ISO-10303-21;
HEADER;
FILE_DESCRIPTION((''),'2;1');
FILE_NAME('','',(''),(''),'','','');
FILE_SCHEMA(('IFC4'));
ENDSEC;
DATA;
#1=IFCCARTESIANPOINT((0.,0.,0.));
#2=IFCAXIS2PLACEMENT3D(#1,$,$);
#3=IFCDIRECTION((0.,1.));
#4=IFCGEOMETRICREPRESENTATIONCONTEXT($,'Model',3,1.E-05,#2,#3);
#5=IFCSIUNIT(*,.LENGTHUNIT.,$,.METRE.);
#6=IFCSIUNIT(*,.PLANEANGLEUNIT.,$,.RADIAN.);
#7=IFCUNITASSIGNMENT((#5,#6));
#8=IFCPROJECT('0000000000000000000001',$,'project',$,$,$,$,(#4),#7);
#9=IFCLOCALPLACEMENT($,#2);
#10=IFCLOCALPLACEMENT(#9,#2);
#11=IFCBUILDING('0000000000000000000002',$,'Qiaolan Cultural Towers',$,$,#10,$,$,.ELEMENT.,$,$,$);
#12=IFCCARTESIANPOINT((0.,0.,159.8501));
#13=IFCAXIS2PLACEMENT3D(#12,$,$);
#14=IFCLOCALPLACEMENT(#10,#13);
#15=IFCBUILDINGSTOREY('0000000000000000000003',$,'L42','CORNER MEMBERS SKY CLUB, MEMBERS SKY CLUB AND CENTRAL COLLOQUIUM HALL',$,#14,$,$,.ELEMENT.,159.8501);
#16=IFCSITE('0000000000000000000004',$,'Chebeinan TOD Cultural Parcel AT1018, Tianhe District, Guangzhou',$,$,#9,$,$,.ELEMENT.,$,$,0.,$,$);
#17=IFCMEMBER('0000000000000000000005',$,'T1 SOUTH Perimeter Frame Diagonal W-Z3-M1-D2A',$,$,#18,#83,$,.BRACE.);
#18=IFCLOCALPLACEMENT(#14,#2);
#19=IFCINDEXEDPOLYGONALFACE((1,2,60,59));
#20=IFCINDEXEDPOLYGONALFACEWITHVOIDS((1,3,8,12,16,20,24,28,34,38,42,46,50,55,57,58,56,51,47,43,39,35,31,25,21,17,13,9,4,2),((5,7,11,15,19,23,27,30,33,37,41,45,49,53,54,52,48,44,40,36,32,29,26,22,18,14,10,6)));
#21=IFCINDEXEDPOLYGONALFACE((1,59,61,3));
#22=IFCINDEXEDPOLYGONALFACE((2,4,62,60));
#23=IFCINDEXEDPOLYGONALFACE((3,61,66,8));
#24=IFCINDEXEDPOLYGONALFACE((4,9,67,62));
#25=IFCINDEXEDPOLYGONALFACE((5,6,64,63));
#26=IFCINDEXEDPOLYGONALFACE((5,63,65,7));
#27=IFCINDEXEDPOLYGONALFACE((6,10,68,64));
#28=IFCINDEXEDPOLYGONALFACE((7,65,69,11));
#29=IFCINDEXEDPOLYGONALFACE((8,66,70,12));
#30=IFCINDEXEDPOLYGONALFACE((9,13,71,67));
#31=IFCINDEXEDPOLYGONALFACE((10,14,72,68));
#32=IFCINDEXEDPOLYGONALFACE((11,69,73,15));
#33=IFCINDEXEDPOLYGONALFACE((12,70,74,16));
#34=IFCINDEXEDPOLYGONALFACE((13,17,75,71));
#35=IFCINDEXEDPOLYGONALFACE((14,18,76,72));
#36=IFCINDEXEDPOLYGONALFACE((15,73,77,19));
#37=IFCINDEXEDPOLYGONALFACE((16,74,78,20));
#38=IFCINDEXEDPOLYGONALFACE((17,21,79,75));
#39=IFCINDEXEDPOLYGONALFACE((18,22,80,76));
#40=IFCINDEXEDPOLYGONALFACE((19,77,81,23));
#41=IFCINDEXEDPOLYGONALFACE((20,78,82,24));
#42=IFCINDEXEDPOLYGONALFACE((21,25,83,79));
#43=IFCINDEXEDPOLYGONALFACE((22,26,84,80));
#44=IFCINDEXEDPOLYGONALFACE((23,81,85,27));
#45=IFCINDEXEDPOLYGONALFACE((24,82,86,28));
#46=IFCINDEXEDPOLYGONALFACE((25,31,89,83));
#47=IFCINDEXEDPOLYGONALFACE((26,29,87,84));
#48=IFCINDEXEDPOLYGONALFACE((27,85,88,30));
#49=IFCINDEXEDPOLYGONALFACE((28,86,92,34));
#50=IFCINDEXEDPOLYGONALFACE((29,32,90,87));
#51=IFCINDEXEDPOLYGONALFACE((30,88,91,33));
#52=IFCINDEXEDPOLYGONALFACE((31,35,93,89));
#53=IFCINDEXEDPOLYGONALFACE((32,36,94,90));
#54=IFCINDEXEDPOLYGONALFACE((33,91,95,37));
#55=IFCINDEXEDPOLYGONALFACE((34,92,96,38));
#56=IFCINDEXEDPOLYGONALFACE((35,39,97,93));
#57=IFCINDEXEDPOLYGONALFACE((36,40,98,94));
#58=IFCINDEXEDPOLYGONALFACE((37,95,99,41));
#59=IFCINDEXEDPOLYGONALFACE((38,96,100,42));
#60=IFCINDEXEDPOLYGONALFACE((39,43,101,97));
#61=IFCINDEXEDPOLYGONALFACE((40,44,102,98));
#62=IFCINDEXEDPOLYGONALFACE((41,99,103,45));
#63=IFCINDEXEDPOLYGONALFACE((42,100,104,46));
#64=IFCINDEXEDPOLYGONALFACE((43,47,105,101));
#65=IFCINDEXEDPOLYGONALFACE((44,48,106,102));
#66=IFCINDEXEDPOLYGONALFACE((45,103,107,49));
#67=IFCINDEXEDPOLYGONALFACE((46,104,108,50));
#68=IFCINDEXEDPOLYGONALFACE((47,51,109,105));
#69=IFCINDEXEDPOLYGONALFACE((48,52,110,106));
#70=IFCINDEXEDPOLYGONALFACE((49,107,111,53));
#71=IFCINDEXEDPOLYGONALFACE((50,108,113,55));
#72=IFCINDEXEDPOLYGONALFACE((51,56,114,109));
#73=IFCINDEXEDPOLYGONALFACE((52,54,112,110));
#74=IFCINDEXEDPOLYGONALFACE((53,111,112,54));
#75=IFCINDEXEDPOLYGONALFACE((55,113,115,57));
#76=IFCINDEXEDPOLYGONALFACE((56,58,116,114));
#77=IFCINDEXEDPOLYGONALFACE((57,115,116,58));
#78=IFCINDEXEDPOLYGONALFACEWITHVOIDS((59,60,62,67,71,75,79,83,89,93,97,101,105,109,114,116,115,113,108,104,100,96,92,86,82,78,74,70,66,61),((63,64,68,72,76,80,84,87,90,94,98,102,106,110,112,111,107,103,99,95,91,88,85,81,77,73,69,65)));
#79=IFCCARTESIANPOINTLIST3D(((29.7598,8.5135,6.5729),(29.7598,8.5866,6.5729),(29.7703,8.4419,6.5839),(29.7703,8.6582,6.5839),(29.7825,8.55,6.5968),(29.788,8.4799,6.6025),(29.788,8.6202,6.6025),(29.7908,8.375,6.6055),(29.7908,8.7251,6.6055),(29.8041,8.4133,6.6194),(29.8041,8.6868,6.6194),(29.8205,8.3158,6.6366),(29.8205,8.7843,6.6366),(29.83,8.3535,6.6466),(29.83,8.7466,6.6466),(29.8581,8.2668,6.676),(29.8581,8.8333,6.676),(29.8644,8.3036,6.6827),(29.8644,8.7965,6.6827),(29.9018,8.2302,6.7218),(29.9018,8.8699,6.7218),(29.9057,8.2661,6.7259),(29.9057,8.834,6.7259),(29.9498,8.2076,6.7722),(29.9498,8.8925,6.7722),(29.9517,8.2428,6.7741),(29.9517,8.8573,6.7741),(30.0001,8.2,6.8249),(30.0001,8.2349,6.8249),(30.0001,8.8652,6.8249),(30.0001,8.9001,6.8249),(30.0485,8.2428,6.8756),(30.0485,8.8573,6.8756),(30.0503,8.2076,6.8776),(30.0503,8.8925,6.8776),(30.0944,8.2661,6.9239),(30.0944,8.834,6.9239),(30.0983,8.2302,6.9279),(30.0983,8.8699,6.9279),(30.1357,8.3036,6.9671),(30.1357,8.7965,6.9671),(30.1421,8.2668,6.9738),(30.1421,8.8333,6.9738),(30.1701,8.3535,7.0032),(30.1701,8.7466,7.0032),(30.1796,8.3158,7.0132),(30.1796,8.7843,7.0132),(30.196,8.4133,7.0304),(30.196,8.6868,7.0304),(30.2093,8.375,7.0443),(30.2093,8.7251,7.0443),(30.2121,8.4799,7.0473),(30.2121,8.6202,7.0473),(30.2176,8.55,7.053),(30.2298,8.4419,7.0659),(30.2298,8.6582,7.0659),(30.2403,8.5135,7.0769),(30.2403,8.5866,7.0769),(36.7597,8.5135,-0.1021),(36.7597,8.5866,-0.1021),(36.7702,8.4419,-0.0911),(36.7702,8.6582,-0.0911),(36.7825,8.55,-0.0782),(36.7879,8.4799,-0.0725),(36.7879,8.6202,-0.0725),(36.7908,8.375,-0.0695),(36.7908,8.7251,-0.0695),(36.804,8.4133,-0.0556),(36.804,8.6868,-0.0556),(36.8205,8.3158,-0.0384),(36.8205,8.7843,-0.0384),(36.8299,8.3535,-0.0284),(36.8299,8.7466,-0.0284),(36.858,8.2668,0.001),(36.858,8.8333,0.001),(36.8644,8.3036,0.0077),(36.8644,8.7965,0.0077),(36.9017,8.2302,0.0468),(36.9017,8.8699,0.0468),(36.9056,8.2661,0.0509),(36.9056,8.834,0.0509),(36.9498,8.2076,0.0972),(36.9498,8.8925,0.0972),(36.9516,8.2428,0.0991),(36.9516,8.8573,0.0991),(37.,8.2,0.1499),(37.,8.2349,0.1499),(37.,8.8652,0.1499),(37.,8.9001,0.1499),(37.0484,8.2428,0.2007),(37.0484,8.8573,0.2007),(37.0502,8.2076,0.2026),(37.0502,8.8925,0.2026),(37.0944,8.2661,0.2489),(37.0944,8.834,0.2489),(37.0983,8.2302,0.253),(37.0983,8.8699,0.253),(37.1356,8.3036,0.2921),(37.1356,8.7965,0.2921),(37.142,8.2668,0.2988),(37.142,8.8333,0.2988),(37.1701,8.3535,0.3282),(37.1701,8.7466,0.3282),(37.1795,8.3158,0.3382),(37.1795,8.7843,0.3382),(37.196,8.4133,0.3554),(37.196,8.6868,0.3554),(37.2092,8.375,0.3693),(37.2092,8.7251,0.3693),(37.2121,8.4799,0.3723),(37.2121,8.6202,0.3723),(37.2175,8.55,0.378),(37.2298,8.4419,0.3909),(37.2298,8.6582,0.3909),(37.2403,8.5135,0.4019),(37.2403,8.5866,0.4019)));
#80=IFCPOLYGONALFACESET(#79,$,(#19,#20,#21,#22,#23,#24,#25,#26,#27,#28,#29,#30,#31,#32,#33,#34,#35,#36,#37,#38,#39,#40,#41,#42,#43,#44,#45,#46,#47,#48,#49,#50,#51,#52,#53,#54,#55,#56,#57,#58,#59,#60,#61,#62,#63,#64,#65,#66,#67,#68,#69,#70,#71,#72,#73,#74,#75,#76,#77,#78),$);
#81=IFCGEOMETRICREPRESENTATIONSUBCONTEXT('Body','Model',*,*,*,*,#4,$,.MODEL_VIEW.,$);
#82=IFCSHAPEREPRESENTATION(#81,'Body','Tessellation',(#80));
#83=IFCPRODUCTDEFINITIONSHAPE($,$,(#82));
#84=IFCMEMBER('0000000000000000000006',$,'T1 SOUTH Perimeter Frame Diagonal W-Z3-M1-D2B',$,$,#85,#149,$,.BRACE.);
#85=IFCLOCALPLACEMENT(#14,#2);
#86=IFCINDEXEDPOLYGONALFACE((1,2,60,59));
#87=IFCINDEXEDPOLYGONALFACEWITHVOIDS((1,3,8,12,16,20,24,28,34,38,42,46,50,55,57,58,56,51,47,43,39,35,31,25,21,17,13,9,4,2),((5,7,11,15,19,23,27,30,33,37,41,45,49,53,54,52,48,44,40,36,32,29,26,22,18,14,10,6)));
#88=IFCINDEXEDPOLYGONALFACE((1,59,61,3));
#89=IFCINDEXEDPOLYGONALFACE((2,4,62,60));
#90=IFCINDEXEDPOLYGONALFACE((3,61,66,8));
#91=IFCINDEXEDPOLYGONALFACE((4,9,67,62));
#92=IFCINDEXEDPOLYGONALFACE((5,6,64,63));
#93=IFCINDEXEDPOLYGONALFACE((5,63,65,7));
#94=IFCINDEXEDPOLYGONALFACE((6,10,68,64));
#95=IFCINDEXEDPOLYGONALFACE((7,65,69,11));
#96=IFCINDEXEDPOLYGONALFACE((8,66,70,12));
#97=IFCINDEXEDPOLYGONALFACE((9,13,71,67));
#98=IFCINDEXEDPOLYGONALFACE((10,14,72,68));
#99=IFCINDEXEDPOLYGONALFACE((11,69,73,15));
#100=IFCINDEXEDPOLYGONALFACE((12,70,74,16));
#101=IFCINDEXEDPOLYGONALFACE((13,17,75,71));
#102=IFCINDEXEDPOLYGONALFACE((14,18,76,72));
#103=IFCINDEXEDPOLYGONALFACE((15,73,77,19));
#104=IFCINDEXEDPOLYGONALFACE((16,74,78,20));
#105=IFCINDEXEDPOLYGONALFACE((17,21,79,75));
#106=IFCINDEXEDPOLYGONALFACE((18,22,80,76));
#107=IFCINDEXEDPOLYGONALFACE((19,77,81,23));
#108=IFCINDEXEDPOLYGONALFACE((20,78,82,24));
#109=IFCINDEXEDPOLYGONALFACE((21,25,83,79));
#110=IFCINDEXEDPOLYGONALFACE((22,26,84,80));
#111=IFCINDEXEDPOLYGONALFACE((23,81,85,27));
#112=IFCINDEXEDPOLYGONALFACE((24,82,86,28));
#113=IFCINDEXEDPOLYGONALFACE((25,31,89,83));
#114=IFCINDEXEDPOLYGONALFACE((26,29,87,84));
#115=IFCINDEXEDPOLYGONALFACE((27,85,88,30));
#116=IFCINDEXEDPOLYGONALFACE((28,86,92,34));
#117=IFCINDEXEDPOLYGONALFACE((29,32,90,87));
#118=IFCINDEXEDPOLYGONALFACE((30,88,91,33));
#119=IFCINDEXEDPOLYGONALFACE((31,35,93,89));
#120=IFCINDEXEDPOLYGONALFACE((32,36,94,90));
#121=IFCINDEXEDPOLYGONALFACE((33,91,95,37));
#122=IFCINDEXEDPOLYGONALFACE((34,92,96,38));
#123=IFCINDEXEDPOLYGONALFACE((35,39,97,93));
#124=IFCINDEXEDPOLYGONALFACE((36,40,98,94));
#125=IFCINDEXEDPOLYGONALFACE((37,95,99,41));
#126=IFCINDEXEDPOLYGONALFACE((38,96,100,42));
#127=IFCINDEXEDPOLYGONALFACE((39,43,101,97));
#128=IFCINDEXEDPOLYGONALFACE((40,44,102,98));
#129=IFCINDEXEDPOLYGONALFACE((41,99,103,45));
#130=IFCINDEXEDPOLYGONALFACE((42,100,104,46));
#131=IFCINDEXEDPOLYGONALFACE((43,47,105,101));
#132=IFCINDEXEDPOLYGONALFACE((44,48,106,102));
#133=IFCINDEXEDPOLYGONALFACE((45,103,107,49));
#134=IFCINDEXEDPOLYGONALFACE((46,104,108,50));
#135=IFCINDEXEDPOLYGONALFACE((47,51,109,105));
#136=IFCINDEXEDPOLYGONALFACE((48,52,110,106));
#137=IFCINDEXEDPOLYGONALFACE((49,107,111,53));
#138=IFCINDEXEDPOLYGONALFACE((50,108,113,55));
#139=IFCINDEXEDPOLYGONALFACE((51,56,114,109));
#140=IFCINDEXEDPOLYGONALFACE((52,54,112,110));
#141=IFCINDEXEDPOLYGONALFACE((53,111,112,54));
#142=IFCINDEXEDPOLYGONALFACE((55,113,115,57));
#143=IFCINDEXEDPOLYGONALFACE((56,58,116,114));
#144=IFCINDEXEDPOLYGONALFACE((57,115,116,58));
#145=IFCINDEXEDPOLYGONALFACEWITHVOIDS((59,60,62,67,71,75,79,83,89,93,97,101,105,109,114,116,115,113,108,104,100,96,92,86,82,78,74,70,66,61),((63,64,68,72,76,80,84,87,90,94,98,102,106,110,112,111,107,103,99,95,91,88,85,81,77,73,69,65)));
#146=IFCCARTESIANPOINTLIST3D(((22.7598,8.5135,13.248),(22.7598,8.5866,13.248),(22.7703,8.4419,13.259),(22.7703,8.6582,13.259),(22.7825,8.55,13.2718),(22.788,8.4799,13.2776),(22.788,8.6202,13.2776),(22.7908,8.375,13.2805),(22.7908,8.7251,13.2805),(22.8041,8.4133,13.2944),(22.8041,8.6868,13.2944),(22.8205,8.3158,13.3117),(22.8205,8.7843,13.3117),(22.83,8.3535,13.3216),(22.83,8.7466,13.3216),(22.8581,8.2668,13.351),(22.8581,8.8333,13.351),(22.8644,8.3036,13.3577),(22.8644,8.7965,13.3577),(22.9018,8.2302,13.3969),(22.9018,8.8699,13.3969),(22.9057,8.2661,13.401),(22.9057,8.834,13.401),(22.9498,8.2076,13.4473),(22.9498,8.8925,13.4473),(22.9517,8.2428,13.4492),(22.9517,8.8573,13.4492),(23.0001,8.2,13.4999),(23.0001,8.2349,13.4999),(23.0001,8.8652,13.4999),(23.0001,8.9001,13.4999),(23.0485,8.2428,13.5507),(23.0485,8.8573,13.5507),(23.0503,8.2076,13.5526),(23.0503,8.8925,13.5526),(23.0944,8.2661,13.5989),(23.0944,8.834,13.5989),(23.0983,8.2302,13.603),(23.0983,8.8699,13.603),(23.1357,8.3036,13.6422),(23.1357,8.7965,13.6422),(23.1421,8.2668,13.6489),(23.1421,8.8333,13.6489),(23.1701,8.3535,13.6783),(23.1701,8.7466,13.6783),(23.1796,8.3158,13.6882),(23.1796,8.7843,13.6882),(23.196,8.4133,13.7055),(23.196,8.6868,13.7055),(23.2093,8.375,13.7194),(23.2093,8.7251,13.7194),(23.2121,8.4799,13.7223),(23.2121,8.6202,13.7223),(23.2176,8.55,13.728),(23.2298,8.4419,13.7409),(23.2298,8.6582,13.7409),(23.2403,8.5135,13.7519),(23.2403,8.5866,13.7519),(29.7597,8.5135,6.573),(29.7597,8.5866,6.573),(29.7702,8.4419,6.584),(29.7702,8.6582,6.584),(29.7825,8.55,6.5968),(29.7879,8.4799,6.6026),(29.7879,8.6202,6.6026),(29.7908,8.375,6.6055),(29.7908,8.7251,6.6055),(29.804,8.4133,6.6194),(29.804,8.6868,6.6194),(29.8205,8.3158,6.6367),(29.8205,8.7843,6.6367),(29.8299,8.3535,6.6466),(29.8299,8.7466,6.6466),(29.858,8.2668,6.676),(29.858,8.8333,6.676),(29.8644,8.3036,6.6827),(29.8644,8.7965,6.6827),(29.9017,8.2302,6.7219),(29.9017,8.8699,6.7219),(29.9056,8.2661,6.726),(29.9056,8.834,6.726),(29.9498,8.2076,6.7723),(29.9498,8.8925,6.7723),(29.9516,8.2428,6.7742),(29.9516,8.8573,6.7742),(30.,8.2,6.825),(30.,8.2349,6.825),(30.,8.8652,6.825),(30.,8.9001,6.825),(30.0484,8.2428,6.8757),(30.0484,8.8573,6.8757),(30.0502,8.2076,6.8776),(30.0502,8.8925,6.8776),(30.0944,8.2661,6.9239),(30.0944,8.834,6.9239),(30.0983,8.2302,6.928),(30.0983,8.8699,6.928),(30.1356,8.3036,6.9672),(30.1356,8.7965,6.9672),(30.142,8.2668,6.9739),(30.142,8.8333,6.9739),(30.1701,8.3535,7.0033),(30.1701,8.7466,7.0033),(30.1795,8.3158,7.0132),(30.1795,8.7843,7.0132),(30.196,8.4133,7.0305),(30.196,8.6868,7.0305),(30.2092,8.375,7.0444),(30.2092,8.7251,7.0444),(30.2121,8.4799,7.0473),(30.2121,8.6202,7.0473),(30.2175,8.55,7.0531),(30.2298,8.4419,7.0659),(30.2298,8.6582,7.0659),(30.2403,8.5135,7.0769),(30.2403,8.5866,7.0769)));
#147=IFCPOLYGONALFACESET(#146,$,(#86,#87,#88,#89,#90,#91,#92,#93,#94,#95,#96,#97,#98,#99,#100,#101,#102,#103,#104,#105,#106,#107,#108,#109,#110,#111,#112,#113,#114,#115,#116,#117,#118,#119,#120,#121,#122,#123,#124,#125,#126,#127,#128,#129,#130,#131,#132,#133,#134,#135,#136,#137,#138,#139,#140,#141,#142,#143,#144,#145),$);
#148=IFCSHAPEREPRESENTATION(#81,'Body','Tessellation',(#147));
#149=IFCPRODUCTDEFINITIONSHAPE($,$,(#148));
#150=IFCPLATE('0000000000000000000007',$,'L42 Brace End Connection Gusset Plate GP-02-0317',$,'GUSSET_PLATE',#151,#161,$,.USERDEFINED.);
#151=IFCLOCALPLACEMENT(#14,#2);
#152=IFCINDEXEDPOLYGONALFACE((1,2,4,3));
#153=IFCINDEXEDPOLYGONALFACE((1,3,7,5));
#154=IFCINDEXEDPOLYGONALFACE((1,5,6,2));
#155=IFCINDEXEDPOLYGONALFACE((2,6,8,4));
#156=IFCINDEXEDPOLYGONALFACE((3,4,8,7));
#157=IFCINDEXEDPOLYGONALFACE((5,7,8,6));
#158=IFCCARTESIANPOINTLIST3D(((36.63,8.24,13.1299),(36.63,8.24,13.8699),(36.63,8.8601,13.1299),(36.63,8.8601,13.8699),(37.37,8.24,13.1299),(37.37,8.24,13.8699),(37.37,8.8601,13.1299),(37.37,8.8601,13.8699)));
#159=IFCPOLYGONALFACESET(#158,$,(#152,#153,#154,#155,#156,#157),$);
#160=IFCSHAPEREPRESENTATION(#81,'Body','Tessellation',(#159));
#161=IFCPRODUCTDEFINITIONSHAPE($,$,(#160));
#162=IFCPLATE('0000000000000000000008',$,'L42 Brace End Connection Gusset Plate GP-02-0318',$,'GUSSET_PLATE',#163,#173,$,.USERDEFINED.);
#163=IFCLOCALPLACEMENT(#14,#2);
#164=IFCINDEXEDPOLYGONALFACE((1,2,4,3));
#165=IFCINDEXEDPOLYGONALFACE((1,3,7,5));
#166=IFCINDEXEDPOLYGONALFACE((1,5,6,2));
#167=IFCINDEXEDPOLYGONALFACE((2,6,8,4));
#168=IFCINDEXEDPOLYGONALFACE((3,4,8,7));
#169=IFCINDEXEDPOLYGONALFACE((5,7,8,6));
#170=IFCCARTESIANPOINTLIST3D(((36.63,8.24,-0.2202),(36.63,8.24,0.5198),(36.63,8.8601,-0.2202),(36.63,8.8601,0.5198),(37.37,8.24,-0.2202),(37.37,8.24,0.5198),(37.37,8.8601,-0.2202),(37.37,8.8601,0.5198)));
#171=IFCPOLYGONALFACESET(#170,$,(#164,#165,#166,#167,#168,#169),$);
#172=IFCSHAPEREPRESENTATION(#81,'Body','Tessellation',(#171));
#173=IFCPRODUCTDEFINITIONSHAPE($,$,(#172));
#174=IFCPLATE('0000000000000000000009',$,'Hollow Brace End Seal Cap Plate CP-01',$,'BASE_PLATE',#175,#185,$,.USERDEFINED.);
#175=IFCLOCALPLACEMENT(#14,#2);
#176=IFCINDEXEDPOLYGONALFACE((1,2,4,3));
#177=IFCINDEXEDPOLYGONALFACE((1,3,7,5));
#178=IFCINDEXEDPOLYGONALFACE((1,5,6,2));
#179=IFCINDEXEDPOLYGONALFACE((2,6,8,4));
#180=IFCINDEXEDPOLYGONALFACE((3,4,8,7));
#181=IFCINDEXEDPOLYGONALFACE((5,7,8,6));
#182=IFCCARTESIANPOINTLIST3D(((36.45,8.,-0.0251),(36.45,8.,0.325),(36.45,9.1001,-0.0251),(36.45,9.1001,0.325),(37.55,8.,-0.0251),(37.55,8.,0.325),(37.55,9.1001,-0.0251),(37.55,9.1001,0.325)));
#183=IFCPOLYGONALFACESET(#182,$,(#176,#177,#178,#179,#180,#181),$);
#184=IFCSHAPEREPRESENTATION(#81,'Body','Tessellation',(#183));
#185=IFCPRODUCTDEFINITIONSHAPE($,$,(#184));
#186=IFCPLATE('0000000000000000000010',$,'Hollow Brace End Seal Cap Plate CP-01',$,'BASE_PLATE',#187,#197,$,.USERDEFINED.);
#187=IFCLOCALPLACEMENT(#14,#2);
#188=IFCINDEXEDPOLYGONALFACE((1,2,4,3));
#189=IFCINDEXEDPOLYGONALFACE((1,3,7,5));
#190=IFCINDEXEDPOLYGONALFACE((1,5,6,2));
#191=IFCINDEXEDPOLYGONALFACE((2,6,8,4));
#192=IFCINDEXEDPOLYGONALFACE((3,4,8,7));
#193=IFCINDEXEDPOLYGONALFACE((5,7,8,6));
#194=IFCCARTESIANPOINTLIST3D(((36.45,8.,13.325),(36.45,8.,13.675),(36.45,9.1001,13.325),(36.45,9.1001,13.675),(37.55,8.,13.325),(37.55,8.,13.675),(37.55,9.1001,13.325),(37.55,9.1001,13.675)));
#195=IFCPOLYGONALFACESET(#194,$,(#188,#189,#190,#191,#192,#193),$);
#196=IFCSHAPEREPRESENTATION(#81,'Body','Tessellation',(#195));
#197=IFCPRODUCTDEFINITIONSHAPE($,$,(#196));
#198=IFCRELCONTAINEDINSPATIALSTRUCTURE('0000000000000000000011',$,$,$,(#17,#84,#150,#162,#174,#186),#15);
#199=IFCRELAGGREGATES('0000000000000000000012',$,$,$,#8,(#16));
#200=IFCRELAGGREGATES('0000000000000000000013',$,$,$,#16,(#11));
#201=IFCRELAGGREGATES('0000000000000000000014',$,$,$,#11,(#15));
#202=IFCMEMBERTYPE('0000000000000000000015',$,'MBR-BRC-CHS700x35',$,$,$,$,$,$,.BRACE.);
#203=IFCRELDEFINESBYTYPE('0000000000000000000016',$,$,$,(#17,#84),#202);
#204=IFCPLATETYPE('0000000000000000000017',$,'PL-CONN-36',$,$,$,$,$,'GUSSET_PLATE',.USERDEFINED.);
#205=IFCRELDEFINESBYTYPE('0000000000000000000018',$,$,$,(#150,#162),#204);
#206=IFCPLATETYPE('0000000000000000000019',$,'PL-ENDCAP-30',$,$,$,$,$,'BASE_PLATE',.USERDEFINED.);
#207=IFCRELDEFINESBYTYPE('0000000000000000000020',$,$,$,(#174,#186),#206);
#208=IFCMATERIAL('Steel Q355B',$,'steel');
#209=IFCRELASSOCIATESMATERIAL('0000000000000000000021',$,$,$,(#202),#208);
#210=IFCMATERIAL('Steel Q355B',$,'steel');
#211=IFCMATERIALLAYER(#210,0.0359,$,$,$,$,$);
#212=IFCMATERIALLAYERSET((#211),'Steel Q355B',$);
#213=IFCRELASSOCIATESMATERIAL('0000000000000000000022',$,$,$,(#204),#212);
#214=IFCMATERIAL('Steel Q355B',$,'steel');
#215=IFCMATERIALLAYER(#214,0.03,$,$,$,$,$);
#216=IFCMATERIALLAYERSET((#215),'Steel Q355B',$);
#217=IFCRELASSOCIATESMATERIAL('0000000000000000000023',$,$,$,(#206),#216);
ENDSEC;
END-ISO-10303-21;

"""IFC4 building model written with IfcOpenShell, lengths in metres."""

from ifc_helpers import new_model, si_unit, direction, frame, origin, origin_2d, place, context, subcontext, project, spatial, rectangle, hollow_circle, extrude, material, layer, layer_set, material_profile, profile_set, type_object, element, save


model = new_model("IFC4")

# Units and contexts
model_context = context("Model", 3, precision=1e-05, world=origin(), true_north=direction((0.0, 1.0)))
body_context = subcontext(model_context, "Body", "Model", "MODEL_VIEW")
ifc_project = project(units=[si_unit("LENGTHUNIT", "METRE"), si_unit("PLANEANGLEUNIT", "RADIAN")], contexts=[model_context])

# Site, building, storey
site_placement = place(None, origin())
site = spatial("IfcSite", under=ifc_project, at=site_placement, Name="Chebeinan TOD Cultural Parcel AT1018, Tianhe District, Guangzhou", CompositionType="ELEMENT", RefElevation=0.0)
building_placement = place(site_placement, origin())
building = spatial("IfcBuilding", under=site, at=building_placement, Name="Qiaolan Cultural Towers", CompositionType="ELEMENT")
storey_placement = place(building_placement, frame((0.0, 0.0, 159.8501)))
storey = spatial("IfcBuildingStorey", under=building, at=storey_placement, Name="L42", Description="CORNER MEMBERS SKY CLUB, MEMBERS SKY CLUB AND CENTRAL COLLOQUIUM HALL", CompositionType="ELEMENT", Elevation=159.8501)

# Members
ifc_material_1 = material(Name="Steel Q355B", Category="steel")
ifc_material_profile_1 = material_profile(ifc_material_1, hollow_circle(Radius=0.3501, WallThickness=0.0349, at=origin_2d()), Name="CHS700x35")
ifc_profile_set_1 = profile_set([ifc_material_profile_1], Name="Steel Q355B")
member_type = type_object("IfcMemberType", Name="MBR-BRC-CHS700x35", PredefinedType="BRACE", material=ifc_profile_set_1)
for number, where, z_axis, x_axis, name in (
    (1, (37.0, 8.55, 0.1499), (-0.723705, 0.0, 0.690109), (0.0, -1.0, 0.0), "T1 SOUTH Perimeter Frame Diagonal W-Z3-M1-D2A"),
    (2, (30.0, 8.55, 6.825), (-0.723705, 0.0, 0.690109), (0.0, -1.0, 0.0), "T1 SOUTH Perimeter Frame Diagonal W-Z3-M1-D2B"),
):
    element("IfcMember", number, at=place(storey_placement, frame(where, z_axis=z_axis, x_axis=x_axis)), inside=storey, type_object=member_type, Name=name, PredefinedType="BRACE", context=body_context, shape_type="SweptSolid", body=[
        extrude(hollow_circle(Radius=0.3501, WallThickness=0.0349, at=origin_2d()), origin(), (0.0, 0.0, 1.0), 9.6724),
    ])

# Plates
ifc_material_2 = material(Name="Steel Q355B", Category="steel")
ifc_layer_1 = layer(ifc_material_2, 0.0359)
ifc_layer_set_1 = layer_set([ifc_layer_1], Name="Steel Q355B")
plate_type_1 = type_object("IfcPlateType", Name="PL-CONN-36", ElementType="GUSSET_PLATE", PredefinedType="USERDEFINED", material=ifc_layer_set_1)
for number, where, z_axis, x_axis, name in (
    (3, (37.0, 8.55, 13.1299), (0.0, 0.0, 1.0), (1.0, 0.0, 0.0), "L42 Brace End Connection Gusset Plate GP-02-0317"),
    (4, (37.0, 8.55, -0.2202), (0.0, 0.0, 1.0), (1.0, 0.0, 0.0), "L42 Brace End Connection Gusset Plate GP-02-0318"),
):
    element("IfcPlate", number, at=place(storey_placement, frame(where, z_axis=z_axis, x_axis=x_axis)), inside=storey, type_object=plate_type_1, Name=name, ObjectType="GUSSET_PLATE", PredefinedType="USERDEFINED", context=body_context, shape_type="SweptSolid", body=[
        extrude(rectangle(XDim=0.74, YDim=0.6201, at=origin_2d()), origin(), (0.0, 0.0, 1.0), 0.74),
    ])
ifc_material_3 = material(Name="Steel Q355B", Category="steel")
ifc_layer_2 = layer(ifc_material_3, 0.03)
ifc_layer_set_2 = layer_set([ifc_layer_2], Name="Steel Q355B")
plate_type_2 = type_object("IfcPlateType", Name="PL-ENDCAP-30", ElementType="BASE_PLATE", PredefinedType="USERDEFINED", material=ifc_layer_set_2)
for number, where, z_axis, x_axis, name in (
    (5, (37.0, 8.55, -0.0251), (0.0, 0.0, 1.0), (1.0, 0.0, 0.0), "Hollow Brace End Seal Cap Plate CP-01"),
    (6, (37.0, 8.55, 13.325), (0.0, 0.0, 1.0), (1.0, 0.0, 0.0), "Hollow Brace End Seal Cap Plate CP-01"),
):
    element("IfcPlate", number, at=place(storey_placement, frame(where, z_axis=z_axis, x_axis=x_axis)), inside=storey, type_object=plate_type_2, Name=name, ObjectType="BASE_PLATE", PredefinedType="USERDEFINED", context=body_context, shape_type="SweptSolid", body=[
        extrude(rectangle(XDim=1.1001, YDim=1.1001, at=origin_2d()), origin(), (0.0, 0.0, 1.0), 0.3501),
    ])

save(model, "model.ifc")
